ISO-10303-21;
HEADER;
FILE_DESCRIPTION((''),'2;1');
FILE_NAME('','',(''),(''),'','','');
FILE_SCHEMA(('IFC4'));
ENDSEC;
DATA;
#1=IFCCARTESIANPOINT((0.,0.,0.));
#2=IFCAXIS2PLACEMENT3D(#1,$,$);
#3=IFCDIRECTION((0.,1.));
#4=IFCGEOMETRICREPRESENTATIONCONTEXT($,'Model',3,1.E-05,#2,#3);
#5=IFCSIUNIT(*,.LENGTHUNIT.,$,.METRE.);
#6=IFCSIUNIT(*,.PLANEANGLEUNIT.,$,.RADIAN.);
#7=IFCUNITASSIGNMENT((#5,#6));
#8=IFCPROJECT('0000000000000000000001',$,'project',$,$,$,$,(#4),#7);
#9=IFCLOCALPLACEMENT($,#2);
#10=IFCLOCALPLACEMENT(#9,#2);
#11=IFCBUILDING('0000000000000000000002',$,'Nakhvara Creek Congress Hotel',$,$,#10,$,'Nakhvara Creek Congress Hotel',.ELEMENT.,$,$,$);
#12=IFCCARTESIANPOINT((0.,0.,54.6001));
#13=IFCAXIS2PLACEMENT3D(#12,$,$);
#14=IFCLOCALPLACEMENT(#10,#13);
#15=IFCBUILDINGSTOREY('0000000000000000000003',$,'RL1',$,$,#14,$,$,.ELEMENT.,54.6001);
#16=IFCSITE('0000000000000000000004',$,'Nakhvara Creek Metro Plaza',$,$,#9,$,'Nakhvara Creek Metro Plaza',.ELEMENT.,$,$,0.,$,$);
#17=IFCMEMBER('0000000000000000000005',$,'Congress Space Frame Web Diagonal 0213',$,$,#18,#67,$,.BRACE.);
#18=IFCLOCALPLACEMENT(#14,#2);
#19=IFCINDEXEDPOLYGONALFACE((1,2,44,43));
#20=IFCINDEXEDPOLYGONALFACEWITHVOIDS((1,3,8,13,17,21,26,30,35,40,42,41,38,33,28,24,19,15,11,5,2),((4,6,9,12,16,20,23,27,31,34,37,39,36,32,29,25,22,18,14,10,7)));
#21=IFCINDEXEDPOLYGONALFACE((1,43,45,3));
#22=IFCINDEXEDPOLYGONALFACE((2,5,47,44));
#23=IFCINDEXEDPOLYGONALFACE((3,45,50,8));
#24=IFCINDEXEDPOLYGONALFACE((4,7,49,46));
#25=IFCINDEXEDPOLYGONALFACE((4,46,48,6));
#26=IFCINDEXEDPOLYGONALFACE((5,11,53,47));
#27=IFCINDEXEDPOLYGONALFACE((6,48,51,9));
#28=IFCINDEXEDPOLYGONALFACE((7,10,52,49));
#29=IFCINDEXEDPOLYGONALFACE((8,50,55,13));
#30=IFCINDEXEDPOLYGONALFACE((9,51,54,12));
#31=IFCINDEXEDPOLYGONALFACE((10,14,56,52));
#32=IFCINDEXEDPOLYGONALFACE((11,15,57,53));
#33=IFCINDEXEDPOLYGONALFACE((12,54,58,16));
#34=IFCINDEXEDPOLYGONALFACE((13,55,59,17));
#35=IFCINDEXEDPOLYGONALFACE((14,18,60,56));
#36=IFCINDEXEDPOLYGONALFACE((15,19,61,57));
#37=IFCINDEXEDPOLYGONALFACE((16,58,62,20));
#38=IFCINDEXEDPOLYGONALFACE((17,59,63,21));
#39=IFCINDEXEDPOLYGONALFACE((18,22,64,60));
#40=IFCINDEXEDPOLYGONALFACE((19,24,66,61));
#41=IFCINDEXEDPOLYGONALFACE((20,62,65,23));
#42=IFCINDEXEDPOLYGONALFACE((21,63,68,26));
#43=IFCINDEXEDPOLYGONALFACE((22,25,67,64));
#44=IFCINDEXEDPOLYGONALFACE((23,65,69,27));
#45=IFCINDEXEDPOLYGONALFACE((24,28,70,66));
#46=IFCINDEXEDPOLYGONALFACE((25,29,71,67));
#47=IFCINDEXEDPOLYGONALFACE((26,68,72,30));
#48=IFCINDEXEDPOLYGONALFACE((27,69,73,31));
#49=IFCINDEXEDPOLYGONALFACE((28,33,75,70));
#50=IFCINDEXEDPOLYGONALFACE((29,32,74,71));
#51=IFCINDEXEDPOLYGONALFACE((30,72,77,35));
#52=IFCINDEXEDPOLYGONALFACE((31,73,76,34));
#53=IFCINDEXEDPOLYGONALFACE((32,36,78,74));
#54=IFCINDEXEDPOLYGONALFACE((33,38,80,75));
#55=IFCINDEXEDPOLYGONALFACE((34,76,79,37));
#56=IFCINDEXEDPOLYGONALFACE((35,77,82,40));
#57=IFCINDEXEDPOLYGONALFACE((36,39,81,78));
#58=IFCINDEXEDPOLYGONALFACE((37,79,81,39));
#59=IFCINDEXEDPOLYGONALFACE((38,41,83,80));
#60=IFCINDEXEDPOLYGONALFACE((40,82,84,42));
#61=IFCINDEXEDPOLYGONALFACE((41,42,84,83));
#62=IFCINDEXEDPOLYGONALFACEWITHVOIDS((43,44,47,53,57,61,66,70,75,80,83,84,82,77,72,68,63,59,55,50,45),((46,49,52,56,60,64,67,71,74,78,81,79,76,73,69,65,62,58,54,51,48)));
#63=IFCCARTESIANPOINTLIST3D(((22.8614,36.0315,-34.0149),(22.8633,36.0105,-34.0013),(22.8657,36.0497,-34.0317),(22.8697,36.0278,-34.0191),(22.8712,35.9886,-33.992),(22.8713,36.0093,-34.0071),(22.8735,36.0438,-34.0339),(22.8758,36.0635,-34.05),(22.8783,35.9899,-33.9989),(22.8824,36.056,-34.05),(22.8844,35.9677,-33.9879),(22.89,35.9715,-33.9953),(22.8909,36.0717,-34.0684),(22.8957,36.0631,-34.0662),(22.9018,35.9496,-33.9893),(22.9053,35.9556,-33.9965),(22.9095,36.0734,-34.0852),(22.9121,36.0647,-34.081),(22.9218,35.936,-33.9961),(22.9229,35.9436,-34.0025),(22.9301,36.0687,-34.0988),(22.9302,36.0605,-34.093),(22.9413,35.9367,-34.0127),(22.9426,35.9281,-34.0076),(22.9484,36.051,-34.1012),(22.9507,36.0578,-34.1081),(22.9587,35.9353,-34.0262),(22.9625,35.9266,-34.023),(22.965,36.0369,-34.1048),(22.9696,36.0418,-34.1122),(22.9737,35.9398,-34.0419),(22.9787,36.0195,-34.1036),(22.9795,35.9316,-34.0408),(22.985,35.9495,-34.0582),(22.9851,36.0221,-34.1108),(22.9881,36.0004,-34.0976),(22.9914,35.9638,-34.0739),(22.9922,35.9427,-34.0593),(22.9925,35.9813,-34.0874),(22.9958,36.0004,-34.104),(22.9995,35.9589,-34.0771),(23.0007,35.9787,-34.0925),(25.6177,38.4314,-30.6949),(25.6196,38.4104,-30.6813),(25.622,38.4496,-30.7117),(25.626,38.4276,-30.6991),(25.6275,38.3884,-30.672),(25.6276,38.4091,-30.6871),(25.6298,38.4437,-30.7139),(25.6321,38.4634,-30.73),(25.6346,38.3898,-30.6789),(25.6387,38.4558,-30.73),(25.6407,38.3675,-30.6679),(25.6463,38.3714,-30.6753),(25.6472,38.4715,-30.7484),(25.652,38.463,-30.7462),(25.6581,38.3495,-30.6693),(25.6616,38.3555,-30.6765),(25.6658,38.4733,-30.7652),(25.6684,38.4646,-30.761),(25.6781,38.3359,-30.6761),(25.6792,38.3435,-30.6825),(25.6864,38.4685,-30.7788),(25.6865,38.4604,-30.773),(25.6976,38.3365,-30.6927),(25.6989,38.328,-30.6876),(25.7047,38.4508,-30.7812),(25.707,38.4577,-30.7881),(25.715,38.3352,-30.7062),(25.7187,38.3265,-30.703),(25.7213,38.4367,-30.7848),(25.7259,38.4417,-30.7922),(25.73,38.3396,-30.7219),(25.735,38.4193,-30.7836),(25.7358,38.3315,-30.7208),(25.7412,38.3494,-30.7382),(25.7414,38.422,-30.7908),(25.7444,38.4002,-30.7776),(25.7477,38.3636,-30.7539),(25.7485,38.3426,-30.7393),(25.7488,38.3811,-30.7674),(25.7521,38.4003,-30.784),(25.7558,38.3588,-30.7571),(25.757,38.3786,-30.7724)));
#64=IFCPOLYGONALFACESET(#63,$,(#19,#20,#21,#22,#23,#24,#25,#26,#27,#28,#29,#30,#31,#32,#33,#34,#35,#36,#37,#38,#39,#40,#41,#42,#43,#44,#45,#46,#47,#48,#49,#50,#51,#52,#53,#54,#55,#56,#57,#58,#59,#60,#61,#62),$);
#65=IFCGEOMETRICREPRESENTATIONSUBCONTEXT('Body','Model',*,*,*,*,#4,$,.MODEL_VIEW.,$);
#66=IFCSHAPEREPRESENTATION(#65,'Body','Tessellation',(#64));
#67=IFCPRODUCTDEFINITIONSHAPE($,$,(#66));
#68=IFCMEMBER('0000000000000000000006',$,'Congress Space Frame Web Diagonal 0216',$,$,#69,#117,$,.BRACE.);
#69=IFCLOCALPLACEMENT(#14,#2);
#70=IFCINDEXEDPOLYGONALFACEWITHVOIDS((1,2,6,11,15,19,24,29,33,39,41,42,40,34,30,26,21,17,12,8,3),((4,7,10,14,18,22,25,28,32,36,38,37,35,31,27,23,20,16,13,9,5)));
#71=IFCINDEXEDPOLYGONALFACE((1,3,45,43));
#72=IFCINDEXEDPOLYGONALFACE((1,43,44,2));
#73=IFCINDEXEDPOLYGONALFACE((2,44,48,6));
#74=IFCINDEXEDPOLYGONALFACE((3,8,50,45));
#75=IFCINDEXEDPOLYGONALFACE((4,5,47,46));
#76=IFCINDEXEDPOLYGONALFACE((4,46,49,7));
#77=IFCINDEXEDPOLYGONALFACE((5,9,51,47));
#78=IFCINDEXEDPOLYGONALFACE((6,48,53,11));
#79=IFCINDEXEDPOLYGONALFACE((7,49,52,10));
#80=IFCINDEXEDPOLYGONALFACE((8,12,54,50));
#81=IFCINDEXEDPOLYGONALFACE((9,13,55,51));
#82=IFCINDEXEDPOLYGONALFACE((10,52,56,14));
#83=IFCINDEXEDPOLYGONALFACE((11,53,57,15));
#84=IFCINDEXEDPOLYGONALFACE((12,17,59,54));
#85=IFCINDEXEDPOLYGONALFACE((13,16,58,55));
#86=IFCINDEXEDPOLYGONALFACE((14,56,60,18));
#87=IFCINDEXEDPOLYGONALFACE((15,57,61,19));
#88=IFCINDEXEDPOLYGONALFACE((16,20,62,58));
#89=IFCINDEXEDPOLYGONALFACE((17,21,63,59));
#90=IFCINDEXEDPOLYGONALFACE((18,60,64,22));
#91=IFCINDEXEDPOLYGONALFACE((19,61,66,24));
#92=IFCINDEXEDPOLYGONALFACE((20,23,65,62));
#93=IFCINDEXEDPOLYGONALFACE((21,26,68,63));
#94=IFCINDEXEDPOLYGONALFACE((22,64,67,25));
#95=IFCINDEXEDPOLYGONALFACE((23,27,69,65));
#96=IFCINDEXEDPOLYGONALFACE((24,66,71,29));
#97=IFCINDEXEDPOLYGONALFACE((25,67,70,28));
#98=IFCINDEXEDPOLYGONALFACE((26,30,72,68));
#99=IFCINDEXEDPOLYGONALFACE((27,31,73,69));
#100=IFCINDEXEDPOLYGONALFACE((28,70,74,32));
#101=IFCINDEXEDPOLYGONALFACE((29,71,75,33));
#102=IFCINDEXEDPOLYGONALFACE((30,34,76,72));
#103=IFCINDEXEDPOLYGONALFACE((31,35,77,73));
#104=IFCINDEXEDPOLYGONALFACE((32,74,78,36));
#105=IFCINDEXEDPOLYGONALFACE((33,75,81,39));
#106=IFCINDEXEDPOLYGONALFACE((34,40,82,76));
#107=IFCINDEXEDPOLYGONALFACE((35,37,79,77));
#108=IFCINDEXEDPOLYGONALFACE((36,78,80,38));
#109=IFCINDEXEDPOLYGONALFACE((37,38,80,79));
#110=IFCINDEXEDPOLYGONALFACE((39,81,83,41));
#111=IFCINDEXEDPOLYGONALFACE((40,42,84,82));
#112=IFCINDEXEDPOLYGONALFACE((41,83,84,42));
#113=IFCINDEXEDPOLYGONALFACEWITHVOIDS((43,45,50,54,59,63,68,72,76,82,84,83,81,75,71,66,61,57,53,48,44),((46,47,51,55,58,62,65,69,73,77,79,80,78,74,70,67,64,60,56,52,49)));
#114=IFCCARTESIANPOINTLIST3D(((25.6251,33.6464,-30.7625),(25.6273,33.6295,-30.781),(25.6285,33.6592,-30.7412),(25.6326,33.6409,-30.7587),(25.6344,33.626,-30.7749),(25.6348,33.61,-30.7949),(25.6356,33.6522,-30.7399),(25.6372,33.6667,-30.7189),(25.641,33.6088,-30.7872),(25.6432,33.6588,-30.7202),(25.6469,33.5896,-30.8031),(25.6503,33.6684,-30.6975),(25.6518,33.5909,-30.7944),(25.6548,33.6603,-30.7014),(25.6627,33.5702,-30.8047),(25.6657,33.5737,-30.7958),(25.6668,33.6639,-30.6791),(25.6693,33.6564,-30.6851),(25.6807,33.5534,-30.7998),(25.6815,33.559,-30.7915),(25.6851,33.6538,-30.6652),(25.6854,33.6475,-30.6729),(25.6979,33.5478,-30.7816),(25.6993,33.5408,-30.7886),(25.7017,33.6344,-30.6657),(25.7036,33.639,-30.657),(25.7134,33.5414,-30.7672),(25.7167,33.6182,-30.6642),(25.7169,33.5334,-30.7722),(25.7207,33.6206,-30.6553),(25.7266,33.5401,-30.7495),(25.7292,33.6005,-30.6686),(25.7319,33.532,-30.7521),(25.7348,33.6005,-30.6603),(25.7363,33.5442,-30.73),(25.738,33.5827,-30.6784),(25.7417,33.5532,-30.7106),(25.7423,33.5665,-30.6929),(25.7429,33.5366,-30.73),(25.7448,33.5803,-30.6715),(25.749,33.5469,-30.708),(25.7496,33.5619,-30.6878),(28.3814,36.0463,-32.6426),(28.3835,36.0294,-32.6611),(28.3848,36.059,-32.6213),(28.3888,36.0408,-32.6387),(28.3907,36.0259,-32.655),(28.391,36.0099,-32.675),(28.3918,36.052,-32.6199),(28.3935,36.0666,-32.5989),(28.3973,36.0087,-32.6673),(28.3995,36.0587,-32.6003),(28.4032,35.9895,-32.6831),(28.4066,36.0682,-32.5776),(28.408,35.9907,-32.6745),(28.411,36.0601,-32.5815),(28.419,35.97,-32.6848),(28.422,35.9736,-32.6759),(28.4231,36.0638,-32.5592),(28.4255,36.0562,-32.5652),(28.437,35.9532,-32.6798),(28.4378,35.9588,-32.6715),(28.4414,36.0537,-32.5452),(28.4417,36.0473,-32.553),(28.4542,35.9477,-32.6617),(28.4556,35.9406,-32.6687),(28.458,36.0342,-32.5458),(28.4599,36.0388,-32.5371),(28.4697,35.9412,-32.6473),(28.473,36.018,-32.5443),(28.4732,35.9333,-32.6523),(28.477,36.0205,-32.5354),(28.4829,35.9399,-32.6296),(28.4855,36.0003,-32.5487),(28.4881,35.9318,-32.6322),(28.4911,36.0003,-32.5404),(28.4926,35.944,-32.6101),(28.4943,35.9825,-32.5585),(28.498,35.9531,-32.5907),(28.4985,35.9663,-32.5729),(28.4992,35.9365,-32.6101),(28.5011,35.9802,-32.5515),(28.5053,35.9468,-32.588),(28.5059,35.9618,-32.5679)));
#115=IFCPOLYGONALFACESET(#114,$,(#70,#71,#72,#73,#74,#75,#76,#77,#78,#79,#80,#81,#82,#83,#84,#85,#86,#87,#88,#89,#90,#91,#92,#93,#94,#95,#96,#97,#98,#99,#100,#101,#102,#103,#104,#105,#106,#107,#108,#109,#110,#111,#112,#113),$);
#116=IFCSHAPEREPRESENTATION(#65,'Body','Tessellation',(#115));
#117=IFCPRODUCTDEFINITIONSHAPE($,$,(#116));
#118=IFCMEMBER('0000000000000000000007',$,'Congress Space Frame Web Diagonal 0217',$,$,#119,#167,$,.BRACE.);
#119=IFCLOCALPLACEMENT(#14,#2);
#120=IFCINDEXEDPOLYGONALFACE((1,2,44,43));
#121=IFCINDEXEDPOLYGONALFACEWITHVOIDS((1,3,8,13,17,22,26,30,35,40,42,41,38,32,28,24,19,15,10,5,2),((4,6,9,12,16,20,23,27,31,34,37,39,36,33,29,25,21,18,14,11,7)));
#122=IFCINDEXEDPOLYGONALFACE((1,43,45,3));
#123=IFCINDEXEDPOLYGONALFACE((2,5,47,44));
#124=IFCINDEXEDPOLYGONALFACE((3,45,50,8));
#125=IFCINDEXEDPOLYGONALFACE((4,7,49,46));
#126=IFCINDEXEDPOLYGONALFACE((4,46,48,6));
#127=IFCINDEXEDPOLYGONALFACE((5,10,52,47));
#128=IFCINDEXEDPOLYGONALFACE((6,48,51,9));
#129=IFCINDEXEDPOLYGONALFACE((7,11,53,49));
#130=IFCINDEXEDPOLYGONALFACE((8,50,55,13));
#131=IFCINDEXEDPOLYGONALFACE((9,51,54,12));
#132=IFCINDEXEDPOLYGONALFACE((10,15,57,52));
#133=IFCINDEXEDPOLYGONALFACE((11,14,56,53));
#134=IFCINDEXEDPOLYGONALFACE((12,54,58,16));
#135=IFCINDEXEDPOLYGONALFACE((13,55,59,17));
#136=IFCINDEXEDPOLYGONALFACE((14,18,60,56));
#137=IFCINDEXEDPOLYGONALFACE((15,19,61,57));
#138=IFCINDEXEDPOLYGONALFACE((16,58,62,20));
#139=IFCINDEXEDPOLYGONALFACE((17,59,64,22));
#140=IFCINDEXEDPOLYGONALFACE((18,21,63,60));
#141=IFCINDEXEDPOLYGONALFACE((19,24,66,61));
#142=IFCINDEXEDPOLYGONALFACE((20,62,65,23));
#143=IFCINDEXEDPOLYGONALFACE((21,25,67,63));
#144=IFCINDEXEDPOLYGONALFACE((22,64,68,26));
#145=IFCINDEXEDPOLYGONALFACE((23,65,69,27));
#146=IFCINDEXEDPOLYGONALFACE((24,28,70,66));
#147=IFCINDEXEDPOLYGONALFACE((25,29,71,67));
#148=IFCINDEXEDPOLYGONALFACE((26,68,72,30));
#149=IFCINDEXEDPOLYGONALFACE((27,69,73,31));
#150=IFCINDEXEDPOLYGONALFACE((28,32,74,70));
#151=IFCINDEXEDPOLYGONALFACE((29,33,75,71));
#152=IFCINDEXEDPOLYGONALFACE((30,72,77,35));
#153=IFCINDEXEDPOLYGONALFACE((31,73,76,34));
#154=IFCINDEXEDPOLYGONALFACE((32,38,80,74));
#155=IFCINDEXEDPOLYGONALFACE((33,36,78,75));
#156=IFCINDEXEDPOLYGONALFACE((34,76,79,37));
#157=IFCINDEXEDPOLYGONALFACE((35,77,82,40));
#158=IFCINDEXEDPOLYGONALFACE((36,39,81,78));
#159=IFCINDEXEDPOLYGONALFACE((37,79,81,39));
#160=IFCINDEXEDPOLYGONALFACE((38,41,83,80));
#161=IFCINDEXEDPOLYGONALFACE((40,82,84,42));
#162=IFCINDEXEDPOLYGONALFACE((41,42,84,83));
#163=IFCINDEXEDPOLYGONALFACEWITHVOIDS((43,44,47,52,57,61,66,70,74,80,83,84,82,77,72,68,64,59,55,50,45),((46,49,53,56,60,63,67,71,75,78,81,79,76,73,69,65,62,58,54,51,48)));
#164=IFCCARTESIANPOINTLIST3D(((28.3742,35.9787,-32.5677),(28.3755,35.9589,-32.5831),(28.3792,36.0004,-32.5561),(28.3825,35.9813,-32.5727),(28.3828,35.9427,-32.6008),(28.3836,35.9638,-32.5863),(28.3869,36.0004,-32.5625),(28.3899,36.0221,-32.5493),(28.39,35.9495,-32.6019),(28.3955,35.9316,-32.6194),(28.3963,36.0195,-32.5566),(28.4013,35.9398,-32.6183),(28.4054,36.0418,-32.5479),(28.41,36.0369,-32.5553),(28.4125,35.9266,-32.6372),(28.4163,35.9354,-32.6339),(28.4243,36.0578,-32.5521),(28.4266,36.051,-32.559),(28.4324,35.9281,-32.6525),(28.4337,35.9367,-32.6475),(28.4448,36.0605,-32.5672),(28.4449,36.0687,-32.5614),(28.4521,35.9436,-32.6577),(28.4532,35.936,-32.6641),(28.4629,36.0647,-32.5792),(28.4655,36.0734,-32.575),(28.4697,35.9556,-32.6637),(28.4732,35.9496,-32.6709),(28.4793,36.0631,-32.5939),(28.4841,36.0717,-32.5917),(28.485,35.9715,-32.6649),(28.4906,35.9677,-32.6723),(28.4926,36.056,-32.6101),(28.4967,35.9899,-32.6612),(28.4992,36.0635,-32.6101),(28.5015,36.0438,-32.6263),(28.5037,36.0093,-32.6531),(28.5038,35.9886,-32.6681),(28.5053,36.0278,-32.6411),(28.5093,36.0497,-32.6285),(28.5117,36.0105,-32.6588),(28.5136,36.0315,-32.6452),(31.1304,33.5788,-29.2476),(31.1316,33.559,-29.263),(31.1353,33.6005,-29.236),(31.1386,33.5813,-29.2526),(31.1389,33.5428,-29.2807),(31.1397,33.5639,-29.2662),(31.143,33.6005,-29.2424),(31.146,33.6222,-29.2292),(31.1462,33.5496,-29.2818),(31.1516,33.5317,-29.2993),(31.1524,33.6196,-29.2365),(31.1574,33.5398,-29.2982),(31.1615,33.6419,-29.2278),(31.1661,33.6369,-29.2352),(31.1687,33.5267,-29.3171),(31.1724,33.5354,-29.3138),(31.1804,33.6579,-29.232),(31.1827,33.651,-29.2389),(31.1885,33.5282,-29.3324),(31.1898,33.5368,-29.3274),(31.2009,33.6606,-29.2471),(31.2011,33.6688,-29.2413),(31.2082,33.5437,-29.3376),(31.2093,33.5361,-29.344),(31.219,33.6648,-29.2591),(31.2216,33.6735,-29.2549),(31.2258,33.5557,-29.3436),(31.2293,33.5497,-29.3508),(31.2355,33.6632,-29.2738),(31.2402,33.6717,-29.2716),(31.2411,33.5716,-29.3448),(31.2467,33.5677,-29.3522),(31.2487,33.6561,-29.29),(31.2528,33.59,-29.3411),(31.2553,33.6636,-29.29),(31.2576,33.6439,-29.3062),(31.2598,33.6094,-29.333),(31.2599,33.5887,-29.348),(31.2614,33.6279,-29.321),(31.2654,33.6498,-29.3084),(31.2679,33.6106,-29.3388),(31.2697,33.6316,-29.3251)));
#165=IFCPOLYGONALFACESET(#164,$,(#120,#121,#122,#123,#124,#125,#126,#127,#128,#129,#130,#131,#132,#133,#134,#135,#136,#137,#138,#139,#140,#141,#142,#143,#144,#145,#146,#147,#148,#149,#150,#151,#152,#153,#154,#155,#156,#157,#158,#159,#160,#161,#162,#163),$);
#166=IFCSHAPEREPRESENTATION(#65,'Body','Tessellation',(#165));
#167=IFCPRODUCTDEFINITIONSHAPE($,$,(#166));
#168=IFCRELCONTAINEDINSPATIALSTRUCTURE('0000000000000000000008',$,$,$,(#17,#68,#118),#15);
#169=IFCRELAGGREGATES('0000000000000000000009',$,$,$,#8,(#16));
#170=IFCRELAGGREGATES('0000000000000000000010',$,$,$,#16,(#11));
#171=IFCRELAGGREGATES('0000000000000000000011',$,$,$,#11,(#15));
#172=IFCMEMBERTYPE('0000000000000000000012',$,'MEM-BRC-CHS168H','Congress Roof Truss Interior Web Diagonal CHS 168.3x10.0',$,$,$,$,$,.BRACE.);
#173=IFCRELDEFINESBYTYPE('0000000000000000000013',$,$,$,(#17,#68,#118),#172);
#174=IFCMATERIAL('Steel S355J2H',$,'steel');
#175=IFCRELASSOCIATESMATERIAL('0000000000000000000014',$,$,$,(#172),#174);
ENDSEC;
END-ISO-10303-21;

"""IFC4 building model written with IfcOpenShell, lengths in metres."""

from ifc_helpers import new_model, si_unit, direction, frame, origin, origin_2d, place, context, subcontext, project, spatial, hollow_circle, extrude, material, material_profile, profile_set, type_object, element, save


model = new_model("IFC4")

# Units and contexts
model_context = context("Model", 3, precision=1e-05, world=origin(), true_north=direction((0.0, 1.0)))
body_context = subcontext(model_context, "Body", "Model", "MODEL_VIEW")
ifc_project = project(units=[si_unit("LENGTHUNIT", "METRE"), si_unit("PLANEANGLEUNIT", "RADIAN")], contexts=[model_context])

# Site, building, storey
site_placement = place(None, origin())
site = spatial("IfcSite", under=ifc_project, at=site_placement, Name="Nakhvara Creek Metro Plaza", LongName="Nakhvara Creek Metro Plaza", CompositionType="ELEMENT", RefElevation=0.0)
building_placement = place(site_placement, origin())
building = spatial("IfcBuilding", under=site, at=building_placement, Name="Nakhvara Creek Congress Hotel", LongName="Nakhvara Creek Congress Hotel", CompositionType="ELEMENT")
storey_placement = place(building_placement, frame((0.0, 0.0, 54.6001)))
storey = spatial("IfcBuildingStorey", under=building, at=storey_placement, Name="RL1", CompositionType="ELEMENT", Elevation=54.6001)

# Members
ifc_material_1 = material(Name="Steel S355J2H", Category="steel")
ifc_material_profile_1 = material_profile(ifc_material_1, hollow_circle(Radius=0.0842, WallThickness=0.01, at=origin_2d()), Name="CHS 168.3x10.0", Category="LoadBearing")
ifc_profile_set_1 = profile_set([ifc_material_profile_1], Name="Steel S355J2H")
member_type_1 = type_object("IfcMemberType", Name="MEM-BRC-CHS168H", Description="Congress Roof Truss Interior Web Diagonal CHS 168.3x10.0", PredefinedType="BRACE", material=ifc_profile_set_1)
member_1_placement = place(storey_placement, frame((22.9312, 36.0, -34.05), z_axis=(0.558237, 0.486047, 0.672406), x_axis=(-0.656658, 0.754188, 0.0)))
element("IfcMember", 1, at=member_1_placement, inside=storey, type_object=member_type_1, Name="Congress Space Frame Web Diagonal 0213", PredefinedType="BRACE", context=body_context, shape_type="SweptSolid", body=[
    extrude(hollow_circle(Radius=0.0842, WallThickness=0.01, at=origin_2d()), origin(), (0.0, 0.0, 1.0), 4.9375),
])
member_2_placement = place(storey_placement, frame((28.4438, 36.0, -32.6101), z_axis=(-0.670649, -0.583922, 0.457455), x_axis=(0.656658, -0.754188, 0.0)))
element("IfcMember", 2, at=member_2_placement, inside=storey, type_object=member_type_1, Name="Congress Space Frame Web Diagonal 0216", PredefinedType="BRACE", context=body_context, shape_type="SweptSolid", body=[
    extrude(hollow_circle(Radius=0.0842, WallThickness=0.01, at=origin_2d()), origin(), (0.0, 0.0, 1.0), 4.1099),
])
member_3_placement = place(storey_placement, frame((28.4438, 36.0, -32.6101), z_axis=(0.558203, -0.48606, 0.672425), x_axis=(0.656691, 0.75416, 0.0)))
element("IfcMember", 3, at=member_3_placement, inside=storey, type_object=member_type_1, Name="Congress Space Frame Web Diagonal 0217", PredefinedType="BRACE", context=body_context, shape_type="SweptSolid", body=[
    extrude(hollow_circle(Radius=0.0842, WallThickness=0.01, at=origin_2d()), origin(), (0.0, 0.0, 1.0), 4.9375),
])

save(model, "model.ifc")
